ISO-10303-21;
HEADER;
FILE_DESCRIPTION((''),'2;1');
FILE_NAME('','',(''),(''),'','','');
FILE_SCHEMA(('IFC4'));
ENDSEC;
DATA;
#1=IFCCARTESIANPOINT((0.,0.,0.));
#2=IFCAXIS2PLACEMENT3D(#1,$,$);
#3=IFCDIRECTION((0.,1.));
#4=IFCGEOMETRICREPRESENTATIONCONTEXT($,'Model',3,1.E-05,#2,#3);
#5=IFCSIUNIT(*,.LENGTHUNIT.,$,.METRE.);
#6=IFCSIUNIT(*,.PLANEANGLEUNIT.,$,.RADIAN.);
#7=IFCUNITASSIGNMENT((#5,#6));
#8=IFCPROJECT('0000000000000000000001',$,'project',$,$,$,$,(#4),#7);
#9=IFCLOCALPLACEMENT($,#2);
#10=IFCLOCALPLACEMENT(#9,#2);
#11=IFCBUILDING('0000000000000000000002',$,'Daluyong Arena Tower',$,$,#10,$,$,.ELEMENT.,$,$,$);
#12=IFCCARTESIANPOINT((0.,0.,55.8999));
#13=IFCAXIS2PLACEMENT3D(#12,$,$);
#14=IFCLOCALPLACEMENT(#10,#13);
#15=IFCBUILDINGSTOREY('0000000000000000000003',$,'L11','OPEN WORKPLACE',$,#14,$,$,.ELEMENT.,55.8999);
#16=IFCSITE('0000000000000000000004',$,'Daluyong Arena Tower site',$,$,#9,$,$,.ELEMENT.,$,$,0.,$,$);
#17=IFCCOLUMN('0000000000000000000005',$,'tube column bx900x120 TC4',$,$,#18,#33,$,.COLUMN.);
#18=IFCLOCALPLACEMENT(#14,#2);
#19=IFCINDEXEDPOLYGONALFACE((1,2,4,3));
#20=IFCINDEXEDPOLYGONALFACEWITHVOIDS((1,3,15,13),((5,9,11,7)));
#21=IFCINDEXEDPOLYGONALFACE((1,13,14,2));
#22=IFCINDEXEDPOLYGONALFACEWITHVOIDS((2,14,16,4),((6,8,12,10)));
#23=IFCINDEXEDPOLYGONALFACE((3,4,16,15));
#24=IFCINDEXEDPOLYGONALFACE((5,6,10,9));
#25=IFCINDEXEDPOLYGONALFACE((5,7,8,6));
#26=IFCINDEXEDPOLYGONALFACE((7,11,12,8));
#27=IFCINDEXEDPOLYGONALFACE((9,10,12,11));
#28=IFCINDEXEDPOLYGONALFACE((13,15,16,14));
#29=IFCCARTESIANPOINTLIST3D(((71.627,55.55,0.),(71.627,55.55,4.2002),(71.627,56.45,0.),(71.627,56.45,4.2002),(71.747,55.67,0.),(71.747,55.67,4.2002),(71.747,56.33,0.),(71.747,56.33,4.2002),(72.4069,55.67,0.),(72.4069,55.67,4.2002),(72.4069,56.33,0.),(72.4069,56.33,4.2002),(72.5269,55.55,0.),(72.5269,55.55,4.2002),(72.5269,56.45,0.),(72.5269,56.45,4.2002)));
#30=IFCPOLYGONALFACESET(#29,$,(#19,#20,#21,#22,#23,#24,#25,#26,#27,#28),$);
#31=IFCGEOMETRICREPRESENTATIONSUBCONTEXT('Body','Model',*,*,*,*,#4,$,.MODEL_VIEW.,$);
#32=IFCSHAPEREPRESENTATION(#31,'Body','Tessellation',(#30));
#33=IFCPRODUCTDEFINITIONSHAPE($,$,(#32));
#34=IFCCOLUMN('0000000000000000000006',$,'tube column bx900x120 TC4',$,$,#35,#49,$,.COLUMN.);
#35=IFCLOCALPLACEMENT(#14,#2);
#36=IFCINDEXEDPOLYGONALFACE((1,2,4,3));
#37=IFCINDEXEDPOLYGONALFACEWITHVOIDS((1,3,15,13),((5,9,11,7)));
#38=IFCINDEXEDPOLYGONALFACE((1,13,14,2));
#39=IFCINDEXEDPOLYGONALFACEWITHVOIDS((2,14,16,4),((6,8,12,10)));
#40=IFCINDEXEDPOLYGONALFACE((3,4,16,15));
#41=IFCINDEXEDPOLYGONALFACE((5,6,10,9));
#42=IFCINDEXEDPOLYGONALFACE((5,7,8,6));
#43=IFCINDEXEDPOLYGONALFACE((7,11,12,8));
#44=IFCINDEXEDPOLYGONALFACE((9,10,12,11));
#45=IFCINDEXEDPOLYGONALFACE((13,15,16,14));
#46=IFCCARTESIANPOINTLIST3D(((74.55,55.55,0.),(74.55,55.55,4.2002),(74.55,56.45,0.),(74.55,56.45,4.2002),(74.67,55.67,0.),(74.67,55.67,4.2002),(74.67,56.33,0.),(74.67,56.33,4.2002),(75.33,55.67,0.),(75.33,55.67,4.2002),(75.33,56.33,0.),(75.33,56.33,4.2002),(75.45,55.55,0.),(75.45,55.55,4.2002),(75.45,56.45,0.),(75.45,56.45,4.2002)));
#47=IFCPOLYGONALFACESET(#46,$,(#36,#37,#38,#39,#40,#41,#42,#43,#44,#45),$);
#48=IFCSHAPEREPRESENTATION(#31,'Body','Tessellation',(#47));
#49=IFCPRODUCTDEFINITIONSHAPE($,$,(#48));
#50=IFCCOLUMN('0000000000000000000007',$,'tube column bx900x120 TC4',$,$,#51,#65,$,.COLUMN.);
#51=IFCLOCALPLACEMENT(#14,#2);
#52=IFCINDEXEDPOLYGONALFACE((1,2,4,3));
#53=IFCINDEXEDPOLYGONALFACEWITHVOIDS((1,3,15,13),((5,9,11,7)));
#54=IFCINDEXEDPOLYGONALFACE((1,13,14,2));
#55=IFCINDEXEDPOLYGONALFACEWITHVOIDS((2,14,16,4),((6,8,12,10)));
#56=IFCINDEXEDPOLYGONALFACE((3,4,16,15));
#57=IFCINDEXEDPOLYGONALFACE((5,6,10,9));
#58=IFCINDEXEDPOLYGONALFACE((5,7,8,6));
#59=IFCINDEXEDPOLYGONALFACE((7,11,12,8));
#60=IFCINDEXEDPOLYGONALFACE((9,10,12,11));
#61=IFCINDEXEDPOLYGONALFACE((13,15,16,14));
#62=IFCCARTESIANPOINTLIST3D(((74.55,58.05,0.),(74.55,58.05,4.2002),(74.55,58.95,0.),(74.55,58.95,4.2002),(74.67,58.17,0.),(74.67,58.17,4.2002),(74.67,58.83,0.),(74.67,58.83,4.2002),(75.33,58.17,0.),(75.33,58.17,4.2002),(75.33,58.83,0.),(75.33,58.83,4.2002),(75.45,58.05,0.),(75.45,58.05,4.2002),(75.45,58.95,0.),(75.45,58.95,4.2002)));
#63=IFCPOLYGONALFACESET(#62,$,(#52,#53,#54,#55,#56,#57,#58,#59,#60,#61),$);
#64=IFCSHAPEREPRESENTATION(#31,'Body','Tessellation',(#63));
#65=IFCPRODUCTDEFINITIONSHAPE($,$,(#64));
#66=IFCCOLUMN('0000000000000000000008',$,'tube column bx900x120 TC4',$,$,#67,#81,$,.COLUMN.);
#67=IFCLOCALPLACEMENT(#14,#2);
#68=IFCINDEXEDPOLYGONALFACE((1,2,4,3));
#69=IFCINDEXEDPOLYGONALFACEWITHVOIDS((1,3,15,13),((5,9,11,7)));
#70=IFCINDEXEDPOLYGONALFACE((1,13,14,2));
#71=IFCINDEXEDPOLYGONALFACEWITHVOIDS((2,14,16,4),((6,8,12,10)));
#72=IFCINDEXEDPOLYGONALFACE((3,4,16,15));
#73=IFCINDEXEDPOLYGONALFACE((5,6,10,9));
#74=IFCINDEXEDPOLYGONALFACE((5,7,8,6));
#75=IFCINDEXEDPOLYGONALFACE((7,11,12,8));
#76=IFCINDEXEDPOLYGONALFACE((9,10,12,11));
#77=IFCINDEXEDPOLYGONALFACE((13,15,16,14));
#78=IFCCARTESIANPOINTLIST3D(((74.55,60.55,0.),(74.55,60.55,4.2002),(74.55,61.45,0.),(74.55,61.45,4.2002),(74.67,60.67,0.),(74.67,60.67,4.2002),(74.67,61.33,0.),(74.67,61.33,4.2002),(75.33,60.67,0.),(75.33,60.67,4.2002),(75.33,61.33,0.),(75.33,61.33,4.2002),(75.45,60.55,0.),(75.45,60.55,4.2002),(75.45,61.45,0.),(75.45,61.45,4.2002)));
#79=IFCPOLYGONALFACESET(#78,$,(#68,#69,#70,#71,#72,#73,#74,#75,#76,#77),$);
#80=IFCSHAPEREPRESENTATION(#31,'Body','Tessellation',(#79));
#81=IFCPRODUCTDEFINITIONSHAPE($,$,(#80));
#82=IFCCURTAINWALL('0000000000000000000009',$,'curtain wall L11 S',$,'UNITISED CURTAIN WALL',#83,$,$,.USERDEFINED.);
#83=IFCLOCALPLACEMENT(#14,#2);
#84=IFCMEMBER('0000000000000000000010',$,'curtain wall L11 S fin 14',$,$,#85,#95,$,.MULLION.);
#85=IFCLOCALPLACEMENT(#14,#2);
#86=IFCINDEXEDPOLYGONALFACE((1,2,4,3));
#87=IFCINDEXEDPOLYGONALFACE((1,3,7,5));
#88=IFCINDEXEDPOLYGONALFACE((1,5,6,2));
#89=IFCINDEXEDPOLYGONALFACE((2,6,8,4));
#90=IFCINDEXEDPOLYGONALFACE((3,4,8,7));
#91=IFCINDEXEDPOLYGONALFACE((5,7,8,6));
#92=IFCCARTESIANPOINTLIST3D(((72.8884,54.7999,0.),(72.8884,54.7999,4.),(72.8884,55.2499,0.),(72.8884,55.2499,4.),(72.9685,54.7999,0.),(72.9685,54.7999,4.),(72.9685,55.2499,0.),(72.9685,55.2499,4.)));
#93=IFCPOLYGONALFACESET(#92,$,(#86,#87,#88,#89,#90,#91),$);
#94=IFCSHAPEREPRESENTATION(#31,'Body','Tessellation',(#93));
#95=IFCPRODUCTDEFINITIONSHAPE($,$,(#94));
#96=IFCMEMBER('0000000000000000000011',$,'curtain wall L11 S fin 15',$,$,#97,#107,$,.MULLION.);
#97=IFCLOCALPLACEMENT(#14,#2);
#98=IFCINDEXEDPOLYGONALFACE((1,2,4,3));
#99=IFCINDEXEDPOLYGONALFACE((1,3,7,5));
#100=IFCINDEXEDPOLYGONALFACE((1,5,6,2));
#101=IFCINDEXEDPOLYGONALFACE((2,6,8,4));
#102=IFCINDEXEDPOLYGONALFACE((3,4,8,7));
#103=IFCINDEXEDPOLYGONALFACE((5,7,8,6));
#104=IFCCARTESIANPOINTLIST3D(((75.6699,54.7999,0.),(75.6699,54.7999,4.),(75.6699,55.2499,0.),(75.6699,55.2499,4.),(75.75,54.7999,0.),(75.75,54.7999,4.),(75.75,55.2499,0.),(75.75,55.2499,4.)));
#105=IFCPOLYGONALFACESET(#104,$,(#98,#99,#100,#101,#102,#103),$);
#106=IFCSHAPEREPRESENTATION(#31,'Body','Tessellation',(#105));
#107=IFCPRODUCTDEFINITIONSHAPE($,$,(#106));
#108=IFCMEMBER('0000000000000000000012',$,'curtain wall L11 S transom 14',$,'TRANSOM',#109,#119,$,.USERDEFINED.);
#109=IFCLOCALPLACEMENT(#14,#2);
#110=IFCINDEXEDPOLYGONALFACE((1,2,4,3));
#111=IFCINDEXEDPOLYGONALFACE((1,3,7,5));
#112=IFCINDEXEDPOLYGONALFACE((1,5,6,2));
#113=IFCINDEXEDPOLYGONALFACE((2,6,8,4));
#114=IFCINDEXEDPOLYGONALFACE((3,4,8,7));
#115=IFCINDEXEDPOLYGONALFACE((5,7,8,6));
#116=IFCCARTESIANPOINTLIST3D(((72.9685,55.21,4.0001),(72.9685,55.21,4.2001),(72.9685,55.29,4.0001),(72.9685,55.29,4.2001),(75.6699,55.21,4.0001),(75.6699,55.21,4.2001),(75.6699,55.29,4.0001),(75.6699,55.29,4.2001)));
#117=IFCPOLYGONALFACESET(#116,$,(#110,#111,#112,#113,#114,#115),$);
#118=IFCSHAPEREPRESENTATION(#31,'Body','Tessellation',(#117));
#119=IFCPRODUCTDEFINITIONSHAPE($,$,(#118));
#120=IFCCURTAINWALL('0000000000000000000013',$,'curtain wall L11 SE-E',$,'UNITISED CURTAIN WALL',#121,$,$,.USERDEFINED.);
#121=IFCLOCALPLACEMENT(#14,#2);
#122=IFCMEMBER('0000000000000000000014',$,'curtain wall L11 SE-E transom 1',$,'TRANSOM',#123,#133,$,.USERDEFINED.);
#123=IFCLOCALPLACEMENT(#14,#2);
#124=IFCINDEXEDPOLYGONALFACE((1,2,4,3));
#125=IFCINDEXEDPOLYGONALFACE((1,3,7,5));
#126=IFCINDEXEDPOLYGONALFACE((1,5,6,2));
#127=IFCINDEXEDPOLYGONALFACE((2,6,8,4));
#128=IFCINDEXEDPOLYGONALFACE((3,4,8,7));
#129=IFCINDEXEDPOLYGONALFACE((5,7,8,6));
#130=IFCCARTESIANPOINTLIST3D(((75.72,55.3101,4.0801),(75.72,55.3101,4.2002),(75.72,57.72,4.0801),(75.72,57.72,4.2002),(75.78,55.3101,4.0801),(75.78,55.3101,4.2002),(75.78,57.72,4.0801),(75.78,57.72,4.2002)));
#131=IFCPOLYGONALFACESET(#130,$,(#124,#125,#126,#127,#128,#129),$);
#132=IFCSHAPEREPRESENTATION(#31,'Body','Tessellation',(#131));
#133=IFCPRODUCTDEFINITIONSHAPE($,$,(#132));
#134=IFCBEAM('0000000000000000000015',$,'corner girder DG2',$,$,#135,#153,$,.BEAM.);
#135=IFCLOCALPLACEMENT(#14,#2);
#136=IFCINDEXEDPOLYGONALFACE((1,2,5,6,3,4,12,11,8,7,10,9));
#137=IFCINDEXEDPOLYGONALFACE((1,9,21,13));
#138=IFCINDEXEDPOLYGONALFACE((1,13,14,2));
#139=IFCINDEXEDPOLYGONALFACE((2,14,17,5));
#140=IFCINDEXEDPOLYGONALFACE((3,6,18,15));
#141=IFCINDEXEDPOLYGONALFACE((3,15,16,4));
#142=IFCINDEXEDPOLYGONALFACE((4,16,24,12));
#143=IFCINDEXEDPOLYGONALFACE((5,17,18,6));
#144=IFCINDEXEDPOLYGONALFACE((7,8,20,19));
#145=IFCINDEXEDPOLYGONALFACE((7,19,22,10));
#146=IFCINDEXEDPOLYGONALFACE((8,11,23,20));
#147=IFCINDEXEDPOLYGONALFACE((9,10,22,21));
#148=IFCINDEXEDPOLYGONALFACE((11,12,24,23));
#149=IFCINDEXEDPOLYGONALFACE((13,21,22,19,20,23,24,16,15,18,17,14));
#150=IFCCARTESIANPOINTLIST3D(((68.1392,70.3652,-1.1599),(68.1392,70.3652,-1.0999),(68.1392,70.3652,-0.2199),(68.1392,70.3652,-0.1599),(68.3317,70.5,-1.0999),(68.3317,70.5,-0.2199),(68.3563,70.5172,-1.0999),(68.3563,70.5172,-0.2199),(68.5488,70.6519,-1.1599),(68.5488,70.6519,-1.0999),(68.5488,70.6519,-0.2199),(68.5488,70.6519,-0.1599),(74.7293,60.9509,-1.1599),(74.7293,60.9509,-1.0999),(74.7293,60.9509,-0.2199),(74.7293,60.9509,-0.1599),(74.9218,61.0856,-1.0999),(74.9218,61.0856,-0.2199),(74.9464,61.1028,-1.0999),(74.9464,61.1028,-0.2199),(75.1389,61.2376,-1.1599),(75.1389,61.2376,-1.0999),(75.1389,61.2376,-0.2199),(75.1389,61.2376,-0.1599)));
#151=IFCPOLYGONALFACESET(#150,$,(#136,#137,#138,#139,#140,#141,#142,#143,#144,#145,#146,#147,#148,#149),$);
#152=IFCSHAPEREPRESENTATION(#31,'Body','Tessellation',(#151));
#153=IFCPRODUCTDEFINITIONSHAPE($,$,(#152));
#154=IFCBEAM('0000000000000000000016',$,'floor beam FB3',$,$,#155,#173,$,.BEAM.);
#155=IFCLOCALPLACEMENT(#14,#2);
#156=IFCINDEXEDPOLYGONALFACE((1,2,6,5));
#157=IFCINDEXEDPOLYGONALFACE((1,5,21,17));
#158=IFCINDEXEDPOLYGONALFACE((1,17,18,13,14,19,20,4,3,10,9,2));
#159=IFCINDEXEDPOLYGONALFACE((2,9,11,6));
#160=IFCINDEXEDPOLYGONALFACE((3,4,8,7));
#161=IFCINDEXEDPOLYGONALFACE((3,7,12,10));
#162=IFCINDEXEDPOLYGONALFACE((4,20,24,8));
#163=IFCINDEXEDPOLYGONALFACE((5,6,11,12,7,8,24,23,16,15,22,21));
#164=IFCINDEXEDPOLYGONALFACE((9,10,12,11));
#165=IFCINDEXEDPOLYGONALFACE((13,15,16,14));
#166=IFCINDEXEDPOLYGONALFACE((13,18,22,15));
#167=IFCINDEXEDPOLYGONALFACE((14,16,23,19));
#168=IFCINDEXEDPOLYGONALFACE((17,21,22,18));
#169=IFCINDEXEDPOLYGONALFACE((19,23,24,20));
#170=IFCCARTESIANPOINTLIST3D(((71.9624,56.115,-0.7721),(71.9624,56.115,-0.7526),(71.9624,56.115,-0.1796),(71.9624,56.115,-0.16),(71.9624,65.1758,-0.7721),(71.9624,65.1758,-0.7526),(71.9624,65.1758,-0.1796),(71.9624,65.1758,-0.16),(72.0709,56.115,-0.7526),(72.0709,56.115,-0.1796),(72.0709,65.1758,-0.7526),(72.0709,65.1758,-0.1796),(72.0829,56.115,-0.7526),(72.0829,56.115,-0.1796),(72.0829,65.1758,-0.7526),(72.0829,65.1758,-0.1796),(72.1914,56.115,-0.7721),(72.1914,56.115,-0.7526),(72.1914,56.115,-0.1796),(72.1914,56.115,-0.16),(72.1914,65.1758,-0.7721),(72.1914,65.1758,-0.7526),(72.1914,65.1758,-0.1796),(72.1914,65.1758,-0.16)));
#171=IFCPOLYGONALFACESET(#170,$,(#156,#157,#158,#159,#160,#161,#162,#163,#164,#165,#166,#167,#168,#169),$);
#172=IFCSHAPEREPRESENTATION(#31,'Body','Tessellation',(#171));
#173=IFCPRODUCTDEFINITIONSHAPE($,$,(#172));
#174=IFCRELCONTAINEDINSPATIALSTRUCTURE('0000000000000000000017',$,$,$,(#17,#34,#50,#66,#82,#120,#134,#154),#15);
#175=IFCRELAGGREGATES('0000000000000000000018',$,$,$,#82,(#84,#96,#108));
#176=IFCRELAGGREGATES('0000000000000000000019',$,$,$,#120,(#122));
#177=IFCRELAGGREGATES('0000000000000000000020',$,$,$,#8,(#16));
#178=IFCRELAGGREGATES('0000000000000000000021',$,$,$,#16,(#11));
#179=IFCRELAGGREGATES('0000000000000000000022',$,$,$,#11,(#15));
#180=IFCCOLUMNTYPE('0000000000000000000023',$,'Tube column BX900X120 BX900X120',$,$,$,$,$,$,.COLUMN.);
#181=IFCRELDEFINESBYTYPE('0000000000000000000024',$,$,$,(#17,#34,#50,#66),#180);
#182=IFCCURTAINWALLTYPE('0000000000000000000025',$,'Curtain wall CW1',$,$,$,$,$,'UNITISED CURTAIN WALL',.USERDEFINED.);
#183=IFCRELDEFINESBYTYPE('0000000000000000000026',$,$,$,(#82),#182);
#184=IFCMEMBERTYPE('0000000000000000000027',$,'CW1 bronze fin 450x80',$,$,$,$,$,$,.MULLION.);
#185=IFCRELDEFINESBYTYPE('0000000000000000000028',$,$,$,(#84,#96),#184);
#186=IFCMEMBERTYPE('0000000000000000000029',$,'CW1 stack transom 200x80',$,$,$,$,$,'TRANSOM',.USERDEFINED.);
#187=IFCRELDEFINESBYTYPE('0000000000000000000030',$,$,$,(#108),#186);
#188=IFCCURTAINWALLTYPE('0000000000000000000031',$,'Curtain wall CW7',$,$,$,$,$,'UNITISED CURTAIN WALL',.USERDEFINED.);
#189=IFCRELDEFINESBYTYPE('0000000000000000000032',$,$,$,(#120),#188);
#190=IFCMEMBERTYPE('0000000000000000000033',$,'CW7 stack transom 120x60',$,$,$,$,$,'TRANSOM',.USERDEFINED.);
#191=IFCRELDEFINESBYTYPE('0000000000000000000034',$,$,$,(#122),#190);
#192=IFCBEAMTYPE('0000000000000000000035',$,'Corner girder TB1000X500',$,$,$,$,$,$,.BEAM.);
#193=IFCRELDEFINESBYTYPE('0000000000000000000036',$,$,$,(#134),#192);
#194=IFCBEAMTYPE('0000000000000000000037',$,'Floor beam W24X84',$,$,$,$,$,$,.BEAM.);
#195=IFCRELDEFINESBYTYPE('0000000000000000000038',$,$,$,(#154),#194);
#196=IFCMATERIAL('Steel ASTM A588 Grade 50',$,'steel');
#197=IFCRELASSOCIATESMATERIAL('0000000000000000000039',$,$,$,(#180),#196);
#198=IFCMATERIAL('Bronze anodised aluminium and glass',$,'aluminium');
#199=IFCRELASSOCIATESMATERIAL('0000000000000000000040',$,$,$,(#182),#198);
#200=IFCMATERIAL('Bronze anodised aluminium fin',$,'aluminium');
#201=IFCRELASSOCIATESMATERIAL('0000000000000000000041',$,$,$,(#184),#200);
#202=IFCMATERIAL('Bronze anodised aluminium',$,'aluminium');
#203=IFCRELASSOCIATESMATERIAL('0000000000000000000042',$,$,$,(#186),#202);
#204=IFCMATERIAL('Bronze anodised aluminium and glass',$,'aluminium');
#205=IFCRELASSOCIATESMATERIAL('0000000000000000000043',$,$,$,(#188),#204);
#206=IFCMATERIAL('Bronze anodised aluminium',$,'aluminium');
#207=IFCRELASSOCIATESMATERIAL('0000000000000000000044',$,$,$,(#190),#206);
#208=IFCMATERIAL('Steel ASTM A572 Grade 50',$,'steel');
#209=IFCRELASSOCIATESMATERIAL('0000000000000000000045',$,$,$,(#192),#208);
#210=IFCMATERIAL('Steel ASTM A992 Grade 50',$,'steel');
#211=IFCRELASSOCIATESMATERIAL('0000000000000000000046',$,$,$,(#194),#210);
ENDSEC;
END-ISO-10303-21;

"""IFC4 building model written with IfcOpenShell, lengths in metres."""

from ifc_helpers import new_model, si_unit, direction, frame, origin, origin_2d, place, context, subcontext, project, spatial, rectangle, hollow_rectangle, i_section, extrude, material, material_profile, profile_set, type_object, element, aggregate, save


model = new_model("IFC4")

# Units and contexts
model_context = context("Model", 3, precision=1e-05, world=origin(), true_north=direction((0.0, 1.0)))
body_context = subcontext(model_context, "Body", "Model", "MODEL_VIEW")
ifc_project = project(units=[si_unit("LENGTHUNIT", "METRE"), si_unit("PLANEANGLEUNIT", "RADIAN")], contexts=[model_context])

# Site, building, storey
site_placement = place(None, origin())
site = spatial("IfcSite", under=ifc_project, at=site_placement, Name="Daluyong Arena Tower site", CompositionType="ELEMENT", RefElevation=0.0)
building_placement = place(site_placement, origin())
building = spatial("IfcBuilding", under=site, at=building_placement, Name="Daluyong Arena Tower", CompositionType="ELEMENT")
storey_placement = place(building_placement, frame((0.0, 0.0, 55.8999)))
storey = spatial("IfcBuildingStorey", under=building, at=storey_placement, Name="L11", Description="OPEN WORKPLACE", CompositionType="ELEMENT", Elevation=55.8999)

# Columns
ifc_material_1 = material(Name="Steel ASTM A588 Grade 50", Category="steel")
ifc_material_profile_1 = material_profile(ifc_material_1, hollow_rectangle(XDim=0.8999, YDim=0.8999, WallThickness=0.12, at=origin_2d()))
ifc_profile_set_1 = profile_set([ifc_material_profile_1], Name="Steel ASTM A588 Grade 50")
column_type = type_object("IfcColumnType", Name="Tube column BX900X120 BX900X120", PredefinedType="COLUMN", material=ifc_profile_set_1)
for number, where, z_axis, x_axis, name in (
    (1, (72.0769, 56.0, 0.0), (0.0, 0.0, 1.0), (1.0, 0.0, 0.0), "tube column bx900x120 TC4"),
    (2, (75.0, 56.0, 0.0), (0.0, 0.0, 1.0), (0.0, 1.0, 0.0), "tube column bx900x120 TC4"),
    (3, (75.0, 58.5, 0.0), (0.0, 0.0, 1.0), (0.0, 1.0, 0.0), "tube column bx900x120 TC4"),
    (4, (75.0, 61.0, 0.0), (0.0, 0.0, 1.0), (1.0, 0.0, 0.0), "tube column bx900x120 TC4"),
):
    element("IfcColumn", number, at=place(storey_placement, frame(where, z_axis=z_axis, x_axis=x_axis)), inside=storey, type_object=column_type, Name=name, PredefinedType="COLUMN", context=body_context, shape_type="SweptSolid", body=[
        extrude(hollow_rectangle(XDim=0.8999, YDim=0.8999, WallThickness=0.12, at=origin_2d()), origin(), (0.0, 0.0, 1.0), 4.2002),
    ])

# Curtain wall, members
ifc_material_2 = material(Name="Bronze anodised aluminium and glass", Category="aluminium")
curtain_wall_type_1 = type_object("IfcCurtainWallType", Name="Curtain wall CW1", ElementType="UNITISED CURTAIN WALL", PredefinedType="USERDEFINED", material=ifc_material_2)
curtain_wall_1_placement = place(storey_placement, origin())
curtain_wall_1 = element("IfcCurtainWall", 5, at=curtain_wall_1_placement, inside=storey, type_object=curtain_wall_type_1, Name="curtain wall L11 S", ObjectType="UNITISED CURTAIN WALL", PredefinedType="USERDEFINED")
ifc_material_3 = material(Name="Bronze anodised aluminium fin", Category="aluminium")
ifc_material_profile_2 = material_profile(ifc_material_3, rectangle(XDim=0.45, YDim=0.0801, at=origin_2d()))
ifc_profile_set_2 = profile_set([ifc_material_profile_2], Name="Bronze anodised aluminium fin")
member_type_1 = type_object("IfcMemberType", Name="CW1 bronze fin 450x80", PredefinedType="MULLION", material=ifc_profile_set_2)
member_1_placement = place(storey_placement, frame((72.9285, 55.0249, 0.0), z_axis=(0.0, 0.0, 1.0), x_axis=(0.0, 1.0, 0.0)))
member_1 = element("IfcMember", 6, at=member_1_placement, type_object=member_type_1, Name="curtain wall L11 S fin 14", PredefinedType="MULLION", context=body_context, shape_type="SweptSolid", body=[
    extrude(rectangle(XDim=0.45, YDim=0.0801, at=origin_2d()), origin(), (0.0, 0.0, 1.0), 4.0),
])
member_2_placement = place(storey_placement, frame((75.71, 55.0249, 0.0), z_axis=(0.0, 0.0, 1.0), x_axis=(0.0, 1.0, 0.0)))
member_2 = element("IfcMember", 7, at=member_2_placement, type_object=member_type_1, Name="curtain wall L11 S fin 15", PredefinedType="MULLION", context=body_context, shape_type="SweptSolid", body=[
    extrude(rectangle(XDim=0.45, YDim=0.0801, at=origin_2d()), origin(), (0.0, 0.0, 1.0), 4.0),
])
ifc_material_4 = material(Name="Bronze anodised aluminium", Category="aluminium")
ifc_material_profile_3 = material_profile(ifc_material_4, rectangle(XDim=0.0801, YDim=0.2, at=origin_2d()))
ifc_profile_set_3 = profile_set([ifc_material_profile_3], Name="Bronze anodised aluminium")
member_type_2 = type_object("IfcMemberType", Name="CW1 stack transom 200x80", ElementType="TRANSOM", PredefinedType="USERDEFINED", material=ifc_profile_set_3)
member_3_placement = place(storey_placement, frame((72.9685, 55.25, 4.1001), z_axis=(1.0, 0.0, 0.0), x_axis=(0.0, 1.0, 0.0)))
member_3 = element("IfcMember", 8, at=member_3_placement, type_object=member_type_2, Name="curtain wall L11 S transom 14", ObjectType="TRANSOM", PredefinedType="USERDEFINED", context=body_context, shape_type="SweptSolid", body=[
    extrude(rectangle(XDim=0.0801, YDim=0.2, at=origin_2d()), origin(), (0.0, 0.0, 1.0), 2.7014),
])

# Curtain wall, member
ifc_material_5 = material(Name="Bronze anodised aluminium and glass", Category="aluminium")
curtain_wall_type_2 = type_object("IfcCurtainWallType", Name="Curtain wall CW7", ElementType="UNITISED CURTAIN WALL", PredefinedType="USERDEFINED", material=ifc_material_5)
curtain_wall_2_placement = place(storey_placement, origin())
curtain_wall_2 = element("IfcCurtainWall", 9, at=curtain_wall_2_placement, inside=storey, type_object=curtain_wall_type_2, Name="curtain wall L11 SE-E", ObjectType="UNITISED CURTAIN WALL", PredefinedType="USERDEFINED")
ifc_material_6 = material(Name="Bronze anodised aluminium", Category="aluminium")
ifc_material_profile_4 = material_profile(ifc_material_6, rectangle(XDim=0.0601, YDim=0.1201, at=origin_2d()))
ifc_profile_set_4 = profile_set([ifc_material_profile_4], Name="Bronze anodised aluminium")
member_type_3 = type_object("IfcMemberType", Name="CW7 stack transom 120x60", ElementType="TRANSOM", PredefinedType="USERDEFINED", material=ifc_profile_set_4)
member_4_placement = place(storey_placement, frame((75.75, 55.3101, 4.1401), z_axis=(0.0, 1.0, 0.0), x_axis=(-1.0, 0.0, 0.0)))
member_4 = element("IfcMember", 10, at=member_4_placement, type_object=member_type_3, Name="curtain wall L11 SE-E transom 1", ObjectType="TRANSOM", PredefinedType="USERDEFINED", context=body_context, shape_type="SweptSolid", body=[
    extrude(rectangle(XDim=0.0601, YDim=0.1201, at=origin_2d()), origin(), (0.0, 0.0, 1.0), 2.4099),
])

# Beams
ifc_material_7 = material(Name="Steel ASTM A572 Grade 50", Category="steel")
ifc_material_profile_5 = material_profile(ifc_material_7, i_section(OverallWidth=0.5, OverallDepth=1.0, WebThickness=0.03, FlangeThickness=0.06, at=origin_2d()))
ifc_profile_set_5 = profile_set([ifc_material_profile_5], Name="Steel ASTM A572 Grade 50")
beam_type_1 = type_object("IfcBeamType", Name="Corner girder TB1000X500", PredefinedType="BEAM", material=ifc_profile_set_5)
beam_1_placement = place(storey_placement, frame((74.9341, 61.0942, -0.6599), z_axis=(-0.573467, 0.819229, 0.0), x_axis=(-0.819229, -0.573467, 0.0)))
element("IfcBeam", 11, at=beam_1_placement, inside=storey, type_object=beam_type_1, Name="corner girder DG2", PredefinedType="BEAM", context=body_context, shape_type="SweptSolid", body=[
    extrude(i_section(OverallWidth=0.5, OverallDepth=1.0, WebThickness=0.03, FlangeThickness=0.06, at=origin_2d()), origin(), (0.0, 0.0, 1.0), 11.4917),
])
ifc_material_8 = material(Name="Steel ASTM A992 Grade 50", Category="steel")
ifc_material_profile_6 = material_profile(ifc_material_8, i_section(OverallWidth=0.229, OverallDepth=0.6121, WebThickness=0.012, FlangeThickness=0.0195, at=origin_2d()))
ifc_profile_set_6 = profile_set([ifc_material_profile_6], Name="Steel ASTM A992 Grade 50")
beam_type_2 = type_object("IfcBeamType", Name="Floor beam W24X84", PredefinedType="BEAM", material=ifc_profile_set_6)
beam_2_placement = place(storey_placement, frame((72.0769, 56.115, -0.4661), z_axis=(0.0, 1.0, 0.0), x_axis=(-1.0, 0.0, 0.0)))
element("IfcBeam", 12, at=beam_2_placement, inside=storey, type_object=beam_type_2, Name="floor beam FB3", PredefinedType="BEAM", context=body_context, shape_type="SweptSolid", body=[
    extrude(i_section(OverallWidth=0.229, OverallDepth=0.6121, WebThickness=0.012, FlangeThickness=0.0195, at=origin_2d()), origin(), (0.0, 0.0, 1.0), 9.0608),
])

aggregate(curtain_wall_1, [member_1, member_2, member_3])
aggregate(curtain_wall_2, [member_4])

save(model, "model.ifc")
